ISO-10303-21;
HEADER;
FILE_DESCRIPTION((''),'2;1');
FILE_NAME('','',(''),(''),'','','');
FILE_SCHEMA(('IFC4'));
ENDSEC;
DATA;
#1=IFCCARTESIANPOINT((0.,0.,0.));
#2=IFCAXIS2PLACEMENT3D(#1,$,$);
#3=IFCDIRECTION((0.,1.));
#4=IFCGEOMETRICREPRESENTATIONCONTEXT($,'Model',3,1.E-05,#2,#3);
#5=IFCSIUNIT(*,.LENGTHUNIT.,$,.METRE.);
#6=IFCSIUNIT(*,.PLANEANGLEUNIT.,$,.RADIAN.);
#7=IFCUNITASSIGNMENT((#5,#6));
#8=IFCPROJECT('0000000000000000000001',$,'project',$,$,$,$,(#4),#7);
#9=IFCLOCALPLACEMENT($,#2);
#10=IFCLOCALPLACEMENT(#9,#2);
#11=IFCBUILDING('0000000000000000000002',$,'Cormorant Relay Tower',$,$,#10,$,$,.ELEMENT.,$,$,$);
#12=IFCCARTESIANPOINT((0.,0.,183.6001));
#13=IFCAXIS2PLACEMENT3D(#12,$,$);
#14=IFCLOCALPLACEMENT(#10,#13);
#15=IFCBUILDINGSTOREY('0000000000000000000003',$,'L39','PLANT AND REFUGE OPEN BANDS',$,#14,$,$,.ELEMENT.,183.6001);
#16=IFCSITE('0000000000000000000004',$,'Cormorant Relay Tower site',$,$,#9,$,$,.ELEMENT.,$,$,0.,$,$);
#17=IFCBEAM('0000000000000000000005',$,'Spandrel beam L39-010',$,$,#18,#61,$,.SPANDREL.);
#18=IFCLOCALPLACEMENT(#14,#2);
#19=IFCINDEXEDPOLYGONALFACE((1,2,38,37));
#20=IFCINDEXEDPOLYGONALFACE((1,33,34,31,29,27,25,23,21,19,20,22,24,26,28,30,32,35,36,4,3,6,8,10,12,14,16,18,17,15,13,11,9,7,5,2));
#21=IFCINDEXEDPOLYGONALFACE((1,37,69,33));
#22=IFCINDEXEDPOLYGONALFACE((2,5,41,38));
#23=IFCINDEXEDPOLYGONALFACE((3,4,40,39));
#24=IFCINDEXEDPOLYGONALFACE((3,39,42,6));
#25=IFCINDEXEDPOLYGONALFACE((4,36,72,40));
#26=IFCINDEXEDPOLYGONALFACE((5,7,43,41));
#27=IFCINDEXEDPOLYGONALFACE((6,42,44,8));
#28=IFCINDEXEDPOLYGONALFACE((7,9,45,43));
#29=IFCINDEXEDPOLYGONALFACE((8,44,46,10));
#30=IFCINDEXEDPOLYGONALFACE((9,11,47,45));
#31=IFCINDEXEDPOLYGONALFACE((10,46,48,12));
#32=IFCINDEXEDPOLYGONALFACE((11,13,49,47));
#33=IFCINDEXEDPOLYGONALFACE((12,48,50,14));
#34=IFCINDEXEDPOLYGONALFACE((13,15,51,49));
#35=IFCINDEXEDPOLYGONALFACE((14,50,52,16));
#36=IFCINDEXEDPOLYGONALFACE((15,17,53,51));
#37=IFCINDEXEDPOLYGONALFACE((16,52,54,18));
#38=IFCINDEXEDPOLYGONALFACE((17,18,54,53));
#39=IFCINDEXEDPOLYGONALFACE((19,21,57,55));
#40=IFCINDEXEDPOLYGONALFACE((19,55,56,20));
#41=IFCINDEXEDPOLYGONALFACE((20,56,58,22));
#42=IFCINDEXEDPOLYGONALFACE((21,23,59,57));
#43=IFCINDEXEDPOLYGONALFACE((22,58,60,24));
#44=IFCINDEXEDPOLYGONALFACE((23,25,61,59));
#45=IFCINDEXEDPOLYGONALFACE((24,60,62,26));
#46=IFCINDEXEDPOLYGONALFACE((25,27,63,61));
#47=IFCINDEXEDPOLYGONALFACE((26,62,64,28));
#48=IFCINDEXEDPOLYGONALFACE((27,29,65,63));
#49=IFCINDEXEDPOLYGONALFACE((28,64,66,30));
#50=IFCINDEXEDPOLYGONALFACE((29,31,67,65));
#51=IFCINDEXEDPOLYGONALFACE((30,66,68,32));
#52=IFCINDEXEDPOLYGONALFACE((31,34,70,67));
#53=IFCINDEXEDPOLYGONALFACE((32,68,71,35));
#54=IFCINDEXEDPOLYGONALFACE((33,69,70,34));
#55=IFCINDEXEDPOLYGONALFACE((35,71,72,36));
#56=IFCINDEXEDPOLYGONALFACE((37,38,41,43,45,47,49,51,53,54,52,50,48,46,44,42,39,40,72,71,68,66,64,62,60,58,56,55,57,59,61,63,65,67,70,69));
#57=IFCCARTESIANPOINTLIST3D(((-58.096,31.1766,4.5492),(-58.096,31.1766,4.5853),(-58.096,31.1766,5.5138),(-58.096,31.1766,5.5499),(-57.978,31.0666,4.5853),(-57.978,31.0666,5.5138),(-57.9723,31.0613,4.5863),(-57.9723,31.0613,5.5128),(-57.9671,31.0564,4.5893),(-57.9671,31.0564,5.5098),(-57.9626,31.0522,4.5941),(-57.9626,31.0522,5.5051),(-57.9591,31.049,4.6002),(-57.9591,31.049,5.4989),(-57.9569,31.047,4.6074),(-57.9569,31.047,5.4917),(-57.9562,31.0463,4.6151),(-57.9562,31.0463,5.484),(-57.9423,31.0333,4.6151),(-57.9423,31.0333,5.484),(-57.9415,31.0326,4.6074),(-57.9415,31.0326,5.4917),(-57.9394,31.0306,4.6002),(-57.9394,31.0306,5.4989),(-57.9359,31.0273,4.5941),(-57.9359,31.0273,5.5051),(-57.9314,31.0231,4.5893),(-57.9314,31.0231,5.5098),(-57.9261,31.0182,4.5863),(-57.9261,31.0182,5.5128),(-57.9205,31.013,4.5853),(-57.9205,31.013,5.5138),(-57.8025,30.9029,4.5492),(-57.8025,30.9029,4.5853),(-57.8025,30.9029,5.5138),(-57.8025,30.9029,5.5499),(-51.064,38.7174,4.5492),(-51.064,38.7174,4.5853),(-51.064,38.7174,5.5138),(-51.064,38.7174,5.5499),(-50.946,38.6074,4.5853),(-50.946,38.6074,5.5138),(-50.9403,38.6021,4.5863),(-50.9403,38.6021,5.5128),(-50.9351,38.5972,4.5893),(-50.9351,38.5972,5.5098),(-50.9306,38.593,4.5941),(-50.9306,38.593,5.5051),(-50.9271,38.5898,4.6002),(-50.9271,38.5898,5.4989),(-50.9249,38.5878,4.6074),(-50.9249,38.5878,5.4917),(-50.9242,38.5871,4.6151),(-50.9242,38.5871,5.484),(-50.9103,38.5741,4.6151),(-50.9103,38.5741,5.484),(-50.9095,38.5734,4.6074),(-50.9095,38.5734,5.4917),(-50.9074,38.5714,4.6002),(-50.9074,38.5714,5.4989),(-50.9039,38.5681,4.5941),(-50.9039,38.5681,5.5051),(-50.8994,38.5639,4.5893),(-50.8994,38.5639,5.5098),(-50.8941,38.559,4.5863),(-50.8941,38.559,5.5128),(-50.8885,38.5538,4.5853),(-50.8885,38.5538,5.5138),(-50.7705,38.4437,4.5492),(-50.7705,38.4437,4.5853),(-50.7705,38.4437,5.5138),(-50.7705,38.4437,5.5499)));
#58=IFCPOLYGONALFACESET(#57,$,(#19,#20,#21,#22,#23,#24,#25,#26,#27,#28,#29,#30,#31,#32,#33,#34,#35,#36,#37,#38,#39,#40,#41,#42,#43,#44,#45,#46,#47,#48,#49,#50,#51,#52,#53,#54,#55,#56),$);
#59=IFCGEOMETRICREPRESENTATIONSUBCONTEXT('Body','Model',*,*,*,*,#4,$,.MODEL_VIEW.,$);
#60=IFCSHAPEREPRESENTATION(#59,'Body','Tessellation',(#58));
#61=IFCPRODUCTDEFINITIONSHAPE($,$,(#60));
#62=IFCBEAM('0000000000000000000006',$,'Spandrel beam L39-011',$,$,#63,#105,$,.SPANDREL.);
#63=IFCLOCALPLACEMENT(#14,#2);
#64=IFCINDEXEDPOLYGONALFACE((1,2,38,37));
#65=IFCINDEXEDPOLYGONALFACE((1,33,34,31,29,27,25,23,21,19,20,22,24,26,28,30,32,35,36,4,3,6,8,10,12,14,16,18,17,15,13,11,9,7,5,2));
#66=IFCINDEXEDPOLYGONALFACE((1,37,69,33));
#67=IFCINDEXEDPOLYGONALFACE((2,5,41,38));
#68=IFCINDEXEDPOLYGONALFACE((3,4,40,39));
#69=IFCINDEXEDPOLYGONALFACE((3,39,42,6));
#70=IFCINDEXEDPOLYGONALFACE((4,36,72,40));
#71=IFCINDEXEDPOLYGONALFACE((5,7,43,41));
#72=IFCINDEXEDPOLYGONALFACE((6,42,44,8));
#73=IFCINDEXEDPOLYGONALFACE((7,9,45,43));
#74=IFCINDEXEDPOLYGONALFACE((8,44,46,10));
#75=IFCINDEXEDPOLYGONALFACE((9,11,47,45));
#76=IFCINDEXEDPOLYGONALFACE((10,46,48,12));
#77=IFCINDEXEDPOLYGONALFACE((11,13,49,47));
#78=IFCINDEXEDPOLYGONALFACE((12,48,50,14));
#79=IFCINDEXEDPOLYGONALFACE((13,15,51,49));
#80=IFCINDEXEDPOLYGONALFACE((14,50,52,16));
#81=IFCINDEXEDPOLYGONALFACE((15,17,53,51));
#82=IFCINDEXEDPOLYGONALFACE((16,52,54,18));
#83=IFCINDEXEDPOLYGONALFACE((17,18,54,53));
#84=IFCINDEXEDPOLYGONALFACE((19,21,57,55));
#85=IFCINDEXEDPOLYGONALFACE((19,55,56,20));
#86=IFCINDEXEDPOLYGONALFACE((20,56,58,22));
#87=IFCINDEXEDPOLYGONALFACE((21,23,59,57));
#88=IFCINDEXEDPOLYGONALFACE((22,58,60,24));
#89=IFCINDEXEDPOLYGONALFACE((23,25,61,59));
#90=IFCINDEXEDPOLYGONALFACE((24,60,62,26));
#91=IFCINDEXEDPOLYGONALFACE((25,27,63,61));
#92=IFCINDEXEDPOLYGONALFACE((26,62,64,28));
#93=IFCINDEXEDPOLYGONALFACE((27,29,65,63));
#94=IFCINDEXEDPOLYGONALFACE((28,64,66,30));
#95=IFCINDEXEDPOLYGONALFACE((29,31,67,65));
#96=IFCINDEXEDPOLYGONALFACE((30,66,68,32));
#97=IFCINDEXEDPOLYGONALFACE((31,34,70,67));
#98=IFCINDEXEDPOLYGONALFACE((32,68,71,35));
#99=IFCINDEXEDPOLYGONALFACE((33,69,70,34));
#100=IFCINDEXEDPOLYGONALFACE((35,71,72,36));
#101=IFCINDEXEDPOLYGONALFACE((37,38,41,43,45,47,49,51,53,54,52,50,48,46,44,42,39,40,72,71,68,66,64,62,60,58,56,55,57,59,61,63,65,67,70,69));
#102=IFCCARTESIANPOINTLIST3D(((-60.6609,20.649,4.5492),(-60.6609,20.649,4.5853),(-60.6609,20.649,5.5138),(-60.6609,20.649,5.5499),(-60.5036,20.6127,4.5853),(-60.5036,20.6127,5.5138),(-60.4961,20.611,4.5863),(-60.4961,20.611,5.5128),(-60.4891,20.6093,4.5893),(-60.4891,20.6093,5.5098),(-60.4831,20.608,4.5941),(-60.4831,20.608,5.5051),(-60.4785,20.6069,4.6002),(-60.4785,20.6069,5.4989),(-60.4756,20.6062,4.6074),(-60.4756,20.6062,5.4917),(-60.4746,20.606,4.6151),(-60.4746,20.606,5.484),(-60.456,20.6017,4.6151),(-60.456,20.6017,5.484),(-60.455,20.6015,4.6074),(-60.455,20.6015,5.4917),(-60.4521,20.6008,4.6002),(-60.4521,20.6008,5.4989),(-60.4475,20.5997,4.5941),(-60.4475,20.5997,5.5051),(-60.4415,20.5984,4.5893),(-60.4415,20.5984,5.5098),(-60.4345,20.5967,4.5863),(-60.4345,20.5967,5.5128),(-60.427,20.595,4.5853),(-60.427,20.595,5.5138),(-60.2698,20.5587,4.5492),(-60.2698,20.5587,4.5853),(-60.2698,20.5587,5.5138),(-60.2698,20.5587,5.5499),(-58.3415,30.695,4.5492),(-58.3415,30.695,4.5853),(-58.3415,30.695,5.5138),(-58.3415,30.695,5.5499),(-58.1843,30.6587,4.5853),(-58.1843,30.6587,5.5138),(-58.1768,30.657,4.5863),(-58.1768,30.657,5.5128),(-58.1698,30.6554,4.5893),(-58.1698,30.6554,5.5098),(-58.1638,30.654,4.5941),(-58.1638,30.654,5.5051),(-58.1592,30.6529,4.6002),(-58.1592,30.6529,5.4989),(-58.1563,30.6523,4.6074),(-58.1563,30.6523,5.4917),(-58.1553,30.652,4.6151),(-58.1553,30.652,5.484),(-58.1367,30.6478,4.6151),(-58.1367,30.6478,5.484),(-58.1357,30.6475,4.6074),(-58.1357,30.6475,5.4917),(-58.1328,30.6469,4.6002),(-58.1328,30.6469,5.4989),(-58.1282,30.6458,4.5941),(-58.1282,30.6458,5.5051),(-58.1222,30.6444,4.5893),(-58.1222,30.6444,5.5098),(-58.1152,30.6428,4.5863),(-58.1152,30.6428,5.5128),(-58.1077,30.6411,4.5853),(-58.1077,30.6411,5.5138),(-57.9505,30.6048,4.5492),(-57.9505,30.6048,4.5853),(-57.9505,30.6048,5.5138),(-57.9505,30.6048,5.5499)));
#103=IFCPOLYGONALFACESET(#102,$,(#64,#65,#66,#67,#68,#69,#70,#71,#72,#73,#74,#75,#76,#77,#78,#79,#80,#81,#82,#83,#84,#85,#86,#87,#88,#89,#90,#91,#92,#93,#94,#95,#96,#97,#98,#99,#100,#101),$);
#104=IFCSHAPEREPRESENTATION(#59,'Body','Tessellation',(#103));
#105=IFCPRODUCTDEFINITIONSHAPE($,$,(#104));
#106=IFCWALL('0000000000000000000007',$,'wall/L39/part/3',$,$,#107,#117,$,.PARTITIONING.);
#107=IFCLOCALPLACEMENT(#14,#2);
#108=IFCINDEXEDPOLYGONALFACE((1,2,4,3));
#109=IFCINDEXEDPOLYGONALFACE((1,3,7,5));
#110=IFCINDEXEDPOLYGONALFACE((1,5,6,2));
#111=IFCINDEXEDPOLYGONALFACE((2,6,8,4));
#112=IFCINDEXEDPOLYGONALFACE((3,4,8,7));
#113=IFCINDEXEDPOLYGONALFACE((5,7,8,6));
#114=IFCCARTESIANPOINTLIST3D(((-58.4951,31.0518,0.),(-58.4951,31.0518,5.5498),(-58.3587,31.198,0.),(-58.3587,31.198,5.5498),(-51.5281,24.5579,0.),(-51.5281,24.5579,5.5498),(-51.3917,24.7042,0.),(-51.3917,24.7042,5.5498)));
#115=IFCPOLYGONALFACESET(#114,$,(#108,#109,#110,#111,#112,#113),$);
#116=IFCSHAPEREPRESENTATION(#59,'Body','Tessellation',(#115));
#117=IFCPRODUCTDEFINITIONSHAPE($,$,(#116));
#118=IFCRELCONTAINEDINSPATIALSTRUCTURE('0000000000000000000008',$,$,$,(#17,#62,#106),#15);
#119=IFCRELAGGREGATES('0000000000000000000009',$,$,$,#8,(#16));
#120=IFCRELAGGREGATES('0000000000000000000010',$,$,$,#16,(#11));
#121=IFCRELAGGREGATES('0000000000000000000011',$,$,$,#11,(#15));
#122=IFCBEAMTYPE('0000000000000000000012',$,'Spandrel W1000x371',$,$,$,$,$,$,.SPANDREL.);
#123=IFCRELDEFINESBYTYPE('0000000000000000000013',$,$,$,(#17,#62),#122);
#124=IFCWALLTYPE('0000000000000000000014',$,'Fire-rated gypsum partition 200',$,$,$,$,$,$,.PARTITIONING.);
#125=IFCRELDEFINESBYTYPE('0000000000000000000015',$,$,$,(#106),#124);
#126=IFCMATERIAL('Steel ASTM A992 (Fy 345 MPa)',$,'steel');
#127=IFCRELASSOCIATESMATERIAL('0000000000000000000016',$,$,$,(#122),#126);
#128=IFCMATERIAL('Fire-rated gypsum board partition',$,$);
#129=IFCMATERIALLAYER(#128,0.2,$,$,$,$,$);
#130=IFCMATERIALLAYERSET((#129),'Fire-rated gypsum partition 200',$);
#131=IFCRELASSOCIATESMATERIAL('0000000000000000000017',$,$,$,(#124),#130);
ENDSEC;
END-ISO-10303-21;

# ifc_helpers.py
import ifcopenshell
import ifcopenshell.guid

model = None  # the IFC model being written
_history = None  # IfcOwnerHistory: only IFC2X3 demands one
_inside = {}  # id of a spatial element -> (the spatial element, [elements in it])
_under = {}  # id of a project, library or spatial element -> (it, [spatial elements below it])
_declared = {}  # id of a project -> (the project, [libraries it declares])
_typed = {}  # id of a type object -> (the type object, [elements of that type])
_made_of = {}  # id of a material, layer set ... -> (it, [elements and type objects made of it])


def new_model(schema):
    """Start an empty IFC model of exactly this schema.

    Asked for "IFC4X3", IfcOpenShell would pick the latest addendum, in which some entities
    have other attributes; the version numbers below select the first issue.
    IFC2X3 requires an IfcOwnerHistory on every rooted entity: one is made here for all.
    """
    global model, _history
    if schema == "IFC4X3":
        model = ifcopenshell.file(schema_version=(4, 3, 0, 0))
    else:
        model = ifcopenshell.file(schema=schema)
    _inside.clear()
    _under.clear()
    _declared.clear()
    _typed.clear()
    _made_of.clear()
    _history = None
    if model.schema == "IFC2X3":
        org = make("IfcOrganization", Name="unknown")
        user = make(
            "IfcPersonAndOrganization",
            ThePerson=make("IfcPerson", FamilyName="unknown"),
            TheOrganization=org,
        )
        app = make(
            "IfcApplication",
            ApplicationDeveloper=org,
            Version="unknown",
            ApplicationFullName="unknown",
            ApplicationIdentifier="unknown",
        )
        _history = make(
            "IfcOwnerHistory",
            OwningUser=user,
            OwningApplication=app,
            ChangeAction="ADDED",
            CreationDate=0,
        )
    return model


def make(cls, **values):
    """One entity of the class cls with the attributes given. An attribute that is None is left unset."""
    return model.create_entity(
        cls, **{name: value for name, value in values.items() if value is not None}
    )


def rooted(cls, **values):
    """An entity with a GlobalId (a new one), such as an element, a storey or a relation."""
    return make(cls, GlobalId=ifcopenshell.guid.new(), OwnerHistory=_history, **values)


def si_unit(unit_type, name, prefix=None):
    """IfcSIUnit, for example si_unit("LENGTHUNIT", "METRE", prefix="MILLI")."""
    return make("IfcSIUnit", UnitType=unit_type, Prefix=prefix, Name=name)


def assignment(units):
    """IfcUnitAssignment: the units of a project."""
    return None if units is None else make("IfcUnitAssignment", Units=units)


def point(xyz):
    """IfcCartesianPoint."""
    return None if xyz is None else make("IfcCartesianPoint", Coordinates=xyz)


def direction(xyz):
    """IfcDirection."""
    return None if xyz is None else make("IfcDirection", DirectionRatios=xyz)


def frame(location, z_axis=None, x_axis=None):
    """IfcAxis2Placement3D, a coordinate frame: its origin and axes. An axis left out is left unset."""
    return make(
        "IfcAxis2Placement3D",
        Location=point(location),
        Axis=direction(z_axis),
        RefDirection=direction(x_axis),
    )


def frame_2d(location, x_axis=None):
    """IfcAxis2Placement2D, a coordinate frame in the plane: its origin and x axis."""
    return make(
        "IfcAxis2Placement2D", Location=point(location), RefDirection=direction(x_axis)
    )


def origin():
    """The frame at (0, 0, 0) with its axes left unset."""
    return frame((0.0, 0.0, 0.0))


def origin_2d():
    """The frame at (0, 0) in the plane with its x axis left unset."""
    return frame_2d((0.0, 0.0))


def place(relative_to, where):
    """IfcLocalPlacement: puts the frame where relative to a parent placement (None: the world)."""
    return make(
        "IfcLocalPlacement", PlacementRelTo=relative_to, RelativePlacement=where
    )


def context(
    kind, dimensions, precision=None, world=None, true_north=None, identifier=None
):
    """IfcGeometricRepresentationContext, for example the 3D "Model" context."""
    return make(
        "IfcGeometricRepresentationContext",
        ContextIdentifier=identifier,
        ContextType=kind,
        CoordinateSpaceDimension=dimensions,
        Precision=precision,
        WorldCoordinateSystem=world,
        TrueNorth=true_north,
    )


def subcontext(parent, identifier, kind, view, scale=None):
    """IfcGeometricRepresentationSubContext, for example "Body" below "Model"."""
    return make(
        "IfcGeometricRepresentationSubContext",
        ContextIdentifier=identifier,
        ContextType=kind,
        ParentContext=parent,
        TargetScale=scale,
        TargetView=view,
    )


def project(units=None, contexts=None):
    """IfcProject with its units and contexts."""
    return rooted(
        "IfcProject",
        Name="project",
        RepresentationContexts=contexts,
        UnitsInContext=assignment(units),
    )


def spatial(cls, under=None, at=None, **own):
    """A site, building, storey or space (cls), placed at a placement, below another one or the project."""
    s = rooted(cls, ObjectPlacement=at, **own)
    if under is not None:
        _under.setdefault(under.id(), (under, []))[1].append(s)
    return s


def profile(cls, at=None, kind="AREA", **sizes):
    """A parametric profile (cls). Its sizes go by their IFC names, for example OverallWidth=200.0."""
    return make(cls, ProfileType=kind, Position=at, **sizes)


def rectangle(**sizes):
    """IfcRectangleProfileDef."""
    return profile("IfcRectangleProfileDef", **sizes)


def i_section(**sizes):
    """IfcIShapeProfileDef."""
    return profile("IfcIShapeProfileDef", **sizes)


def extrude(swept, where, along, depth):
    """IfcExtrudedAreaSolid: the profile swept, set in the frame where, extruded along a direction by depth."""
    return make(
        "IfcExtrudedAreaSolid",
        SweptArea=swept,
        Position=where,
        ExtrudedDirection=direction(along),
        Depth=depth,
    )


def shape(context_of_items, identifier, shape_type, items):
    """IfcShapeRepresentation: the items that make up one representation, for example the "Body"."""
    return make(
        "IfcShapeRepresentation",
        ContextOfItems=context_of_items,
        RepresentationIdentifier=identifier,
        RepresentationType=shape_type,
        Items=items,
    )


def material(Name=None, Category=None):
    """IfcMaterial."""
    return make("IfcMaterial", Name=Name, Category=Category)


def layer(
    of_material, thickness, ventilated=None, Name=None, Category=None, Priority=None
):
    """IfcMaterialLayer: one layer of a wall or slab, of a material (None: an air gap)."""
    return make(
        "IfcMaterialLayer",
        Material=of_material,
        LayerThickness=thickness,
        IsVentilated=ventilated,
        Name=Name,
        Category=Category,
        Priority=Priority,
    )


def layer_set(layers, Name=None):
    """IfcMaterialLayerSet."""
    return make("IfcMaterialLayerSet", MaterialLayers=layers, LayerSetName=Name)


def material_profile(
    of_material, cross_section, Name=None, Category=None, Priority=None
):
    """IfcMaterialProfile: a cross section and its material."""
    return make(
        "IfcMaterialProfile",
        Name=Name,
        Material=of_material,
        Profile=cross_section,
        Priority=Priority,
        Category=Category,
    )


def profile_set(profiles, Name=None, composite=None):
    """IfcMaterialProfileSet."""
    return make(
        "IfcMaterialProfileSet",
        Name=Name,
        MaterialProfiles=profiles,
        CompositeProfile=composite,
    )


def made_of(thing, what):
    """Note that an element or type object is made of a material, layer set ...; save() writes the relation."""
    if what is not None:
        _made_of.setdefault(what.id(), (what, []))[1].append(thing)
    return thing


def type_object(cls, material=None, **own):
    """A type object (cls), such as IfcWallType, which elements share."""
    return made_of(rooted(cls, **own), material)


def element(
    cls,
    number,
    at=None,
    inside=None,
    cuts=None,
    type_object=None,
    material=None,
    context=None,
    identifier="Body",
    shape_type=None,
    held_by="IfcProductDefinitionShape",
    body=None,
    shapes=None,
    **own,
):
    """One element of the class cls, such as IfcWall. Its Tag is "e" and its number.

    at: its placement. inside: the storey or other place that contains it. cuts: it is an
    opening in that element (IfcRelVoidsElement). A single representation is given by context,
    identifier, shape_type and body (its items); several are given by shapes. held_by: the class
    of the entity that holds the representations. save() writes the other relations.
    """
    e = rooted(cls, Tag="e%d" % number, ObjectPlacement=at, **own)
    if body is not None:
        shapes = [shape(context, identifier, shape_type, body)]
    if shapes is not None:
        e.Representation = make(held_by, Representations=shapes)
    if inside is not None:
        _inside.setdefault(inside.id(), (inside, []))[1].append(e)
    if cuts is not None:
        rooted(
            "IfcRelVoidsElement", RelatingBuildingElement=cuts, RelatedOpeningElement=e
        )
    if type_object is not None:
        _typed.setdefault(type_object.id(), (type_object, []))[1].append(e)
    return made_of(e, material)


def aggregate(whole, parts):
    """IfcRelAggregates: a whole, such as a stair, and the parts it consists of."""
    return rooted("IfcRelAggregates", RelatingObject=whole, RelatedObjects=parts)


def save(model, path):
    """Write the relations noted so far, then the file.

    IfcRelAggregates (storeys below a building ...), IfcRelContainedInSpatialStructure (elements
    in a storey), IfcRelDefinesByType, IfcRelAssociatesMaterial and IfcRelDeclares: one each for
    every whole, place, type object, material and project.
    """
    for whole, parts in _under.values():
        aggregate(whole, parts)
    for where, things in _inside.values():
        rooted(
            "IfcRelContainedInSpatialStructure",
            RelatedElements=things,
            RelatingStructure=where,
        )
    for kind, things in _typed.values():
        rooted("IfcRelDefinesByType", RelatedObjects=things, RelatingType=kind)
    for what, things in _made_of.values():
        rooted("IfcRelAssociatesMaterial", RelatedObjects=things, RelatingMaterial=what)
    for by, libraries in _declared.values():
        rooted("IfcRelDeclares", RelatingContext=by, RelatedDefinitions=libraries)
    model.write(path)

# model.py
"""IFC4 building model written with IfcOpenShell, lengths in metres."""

from ifc_helpers import new_model, si_unit, direction, frame, frame_2d, origin, origin_2d, place, context, subcontext, project, spatial, rectangle, i_section, extrude, material, layer, layer_set, material_profile, profile_set, type_object, element, save


model = new_model("IFC4")

# Units and contexts
model_context = context("Model", 3, precision=1e-05, world=origin(), true_north=direction((0.0, 1.0)))
body_context = subcontext(model_context, "Body", "Model", "MODEL_VIEW")
ifc_project = project(units=[si_unit("LENGTHUNIT", "METRE"), si_unit("PLANEANGLEUNIT", "RADIAN")], contexts=[model_context])

# Site, building, storey
site_placement = place(None, origin())
site = spatial("IfcSite", under=ifc_project, at=site_placement, Name="Cormorant Relay Tower site", CompositionType="ELEMENT", RefElevation=0.0)
building_placement = place(site_placement, origin())
building = spatial("IfcBuilding", under=site, at=building_placement, Name="Cormorant Relay Tower", CompositionType="ELEMENT")
storey_placement = place(building_placement, frame((0.0, 0.0, 183.6001)))
storey = spatial("IfcBuildingStorey", under=building, at=storey_placement, Name="L39", Description="PLANT AND REFUGE OPEN BANDS", CompositionType="ELEMENT", Elevation=183.6001)

# Beams
ifc_material_1 = material(Name="Steel ASTM A992 (Fy 345 MPa)", Category="steel")
ifc_material_profile_1 = material_profile(ifc_material_1, i_section(OverallWidth=0.4014, OverallDepth=1.0007, WebThickness=0.019, FlangeThickness=0.0361, FilletRadius=0.0298, at=origin_2d()), Name="W1000x371")
ifc_profile_set_1 = profile_set([ifc_material_profile_1], Name="Steel ASTM A992 (Fy 345 MPa)")
beam_type = type_object("IfcBeamType", Name="Spandrel W1000x371", PredefinedType="SPANDREL", material=ifc_profile_set_1)
beam_1_placement = place(storey_placement, frame((-50.9172, 38.5806, 5.0496), z_axis=(-0.682004, -0.731349, 0.0), x_axis=(0.731349, -0.682004, 0.0)))
element("IfcBeam", 1, at=beam_1_placement, inside=storey, type_object=beam_type, Name="Spandrel beam L39-010", PredefinedType="SPANDREL", context=body_context, shape_type="SweptSolid", body=[
    extrude(i_section(OverallWidth=0.4014, OverallDepth=1.0007, WebThickness=0.019, FlangeThickness=0.0361, FilletRadius=0.0298, at=origin_2d()), origin(), (0.0, 0.0, 1.0), 10.3108),
])
beam_2_placement = place(storey_placement, frame((-58.146, 30.6499, 5.0496), z_axis=(-0.224951, -0.97437, 0.0), x_axis=(0.97437, -0.224951, 0.0)))
element("IfcBeam", 2, at=beam_2_placement, inside=storey, type_object=beam_type, Name="Spandrel beam L39-011", PredefinedType="SPANDREL", context=body_context, shape_type="SweptSolid", body=[
    extrude(i_section(OverallWidth=0.4014, OverallDepth=1.0007, WebThickness=0.019, FlangeThickness=0.0361, FilletRadius=0.0298, at=origin_2d()), origin(), (0.0, 0.0, 1.0), 10.3103),
])

# Wall
ifc_material_2 = material(Name="Fire-rated gypsum board partition")
ifc_layer_1 = layer(ifc_material_2, 0.2)
ifc_layer_set_1 = layer_set([ifc_layer_1], Name="Fire-rated gypsum partition 200")
wall_type = type_object("IfcWallType", Name="Fire-rated gypsum partition 200", PredefinedType="PARTITIONING", material=ifc_layer_set_1)
wall_placement = place(storey_placement, frame((-58.427, 31.125, 0.0), z_axis=(0.0, 0.0, 1.0), x_axis=(0.731509, -0.681831, 0.0)))
element("IfcWall", 3, at=wall_placement, inside=storey, type_object=wall_type, Name="wall/L39/part/3", PredefinedType="PARTITIONING", context=body_context, shape_type="SweptSolid", body=[
    extrude(rectangle(XDim=9.5242, YDim=0.2, at=frame_2d((4.7622, 0.0))), origin(), (0.0, 0.0, 1.0), 5.5498),
])

save(model, "model.ifc")
